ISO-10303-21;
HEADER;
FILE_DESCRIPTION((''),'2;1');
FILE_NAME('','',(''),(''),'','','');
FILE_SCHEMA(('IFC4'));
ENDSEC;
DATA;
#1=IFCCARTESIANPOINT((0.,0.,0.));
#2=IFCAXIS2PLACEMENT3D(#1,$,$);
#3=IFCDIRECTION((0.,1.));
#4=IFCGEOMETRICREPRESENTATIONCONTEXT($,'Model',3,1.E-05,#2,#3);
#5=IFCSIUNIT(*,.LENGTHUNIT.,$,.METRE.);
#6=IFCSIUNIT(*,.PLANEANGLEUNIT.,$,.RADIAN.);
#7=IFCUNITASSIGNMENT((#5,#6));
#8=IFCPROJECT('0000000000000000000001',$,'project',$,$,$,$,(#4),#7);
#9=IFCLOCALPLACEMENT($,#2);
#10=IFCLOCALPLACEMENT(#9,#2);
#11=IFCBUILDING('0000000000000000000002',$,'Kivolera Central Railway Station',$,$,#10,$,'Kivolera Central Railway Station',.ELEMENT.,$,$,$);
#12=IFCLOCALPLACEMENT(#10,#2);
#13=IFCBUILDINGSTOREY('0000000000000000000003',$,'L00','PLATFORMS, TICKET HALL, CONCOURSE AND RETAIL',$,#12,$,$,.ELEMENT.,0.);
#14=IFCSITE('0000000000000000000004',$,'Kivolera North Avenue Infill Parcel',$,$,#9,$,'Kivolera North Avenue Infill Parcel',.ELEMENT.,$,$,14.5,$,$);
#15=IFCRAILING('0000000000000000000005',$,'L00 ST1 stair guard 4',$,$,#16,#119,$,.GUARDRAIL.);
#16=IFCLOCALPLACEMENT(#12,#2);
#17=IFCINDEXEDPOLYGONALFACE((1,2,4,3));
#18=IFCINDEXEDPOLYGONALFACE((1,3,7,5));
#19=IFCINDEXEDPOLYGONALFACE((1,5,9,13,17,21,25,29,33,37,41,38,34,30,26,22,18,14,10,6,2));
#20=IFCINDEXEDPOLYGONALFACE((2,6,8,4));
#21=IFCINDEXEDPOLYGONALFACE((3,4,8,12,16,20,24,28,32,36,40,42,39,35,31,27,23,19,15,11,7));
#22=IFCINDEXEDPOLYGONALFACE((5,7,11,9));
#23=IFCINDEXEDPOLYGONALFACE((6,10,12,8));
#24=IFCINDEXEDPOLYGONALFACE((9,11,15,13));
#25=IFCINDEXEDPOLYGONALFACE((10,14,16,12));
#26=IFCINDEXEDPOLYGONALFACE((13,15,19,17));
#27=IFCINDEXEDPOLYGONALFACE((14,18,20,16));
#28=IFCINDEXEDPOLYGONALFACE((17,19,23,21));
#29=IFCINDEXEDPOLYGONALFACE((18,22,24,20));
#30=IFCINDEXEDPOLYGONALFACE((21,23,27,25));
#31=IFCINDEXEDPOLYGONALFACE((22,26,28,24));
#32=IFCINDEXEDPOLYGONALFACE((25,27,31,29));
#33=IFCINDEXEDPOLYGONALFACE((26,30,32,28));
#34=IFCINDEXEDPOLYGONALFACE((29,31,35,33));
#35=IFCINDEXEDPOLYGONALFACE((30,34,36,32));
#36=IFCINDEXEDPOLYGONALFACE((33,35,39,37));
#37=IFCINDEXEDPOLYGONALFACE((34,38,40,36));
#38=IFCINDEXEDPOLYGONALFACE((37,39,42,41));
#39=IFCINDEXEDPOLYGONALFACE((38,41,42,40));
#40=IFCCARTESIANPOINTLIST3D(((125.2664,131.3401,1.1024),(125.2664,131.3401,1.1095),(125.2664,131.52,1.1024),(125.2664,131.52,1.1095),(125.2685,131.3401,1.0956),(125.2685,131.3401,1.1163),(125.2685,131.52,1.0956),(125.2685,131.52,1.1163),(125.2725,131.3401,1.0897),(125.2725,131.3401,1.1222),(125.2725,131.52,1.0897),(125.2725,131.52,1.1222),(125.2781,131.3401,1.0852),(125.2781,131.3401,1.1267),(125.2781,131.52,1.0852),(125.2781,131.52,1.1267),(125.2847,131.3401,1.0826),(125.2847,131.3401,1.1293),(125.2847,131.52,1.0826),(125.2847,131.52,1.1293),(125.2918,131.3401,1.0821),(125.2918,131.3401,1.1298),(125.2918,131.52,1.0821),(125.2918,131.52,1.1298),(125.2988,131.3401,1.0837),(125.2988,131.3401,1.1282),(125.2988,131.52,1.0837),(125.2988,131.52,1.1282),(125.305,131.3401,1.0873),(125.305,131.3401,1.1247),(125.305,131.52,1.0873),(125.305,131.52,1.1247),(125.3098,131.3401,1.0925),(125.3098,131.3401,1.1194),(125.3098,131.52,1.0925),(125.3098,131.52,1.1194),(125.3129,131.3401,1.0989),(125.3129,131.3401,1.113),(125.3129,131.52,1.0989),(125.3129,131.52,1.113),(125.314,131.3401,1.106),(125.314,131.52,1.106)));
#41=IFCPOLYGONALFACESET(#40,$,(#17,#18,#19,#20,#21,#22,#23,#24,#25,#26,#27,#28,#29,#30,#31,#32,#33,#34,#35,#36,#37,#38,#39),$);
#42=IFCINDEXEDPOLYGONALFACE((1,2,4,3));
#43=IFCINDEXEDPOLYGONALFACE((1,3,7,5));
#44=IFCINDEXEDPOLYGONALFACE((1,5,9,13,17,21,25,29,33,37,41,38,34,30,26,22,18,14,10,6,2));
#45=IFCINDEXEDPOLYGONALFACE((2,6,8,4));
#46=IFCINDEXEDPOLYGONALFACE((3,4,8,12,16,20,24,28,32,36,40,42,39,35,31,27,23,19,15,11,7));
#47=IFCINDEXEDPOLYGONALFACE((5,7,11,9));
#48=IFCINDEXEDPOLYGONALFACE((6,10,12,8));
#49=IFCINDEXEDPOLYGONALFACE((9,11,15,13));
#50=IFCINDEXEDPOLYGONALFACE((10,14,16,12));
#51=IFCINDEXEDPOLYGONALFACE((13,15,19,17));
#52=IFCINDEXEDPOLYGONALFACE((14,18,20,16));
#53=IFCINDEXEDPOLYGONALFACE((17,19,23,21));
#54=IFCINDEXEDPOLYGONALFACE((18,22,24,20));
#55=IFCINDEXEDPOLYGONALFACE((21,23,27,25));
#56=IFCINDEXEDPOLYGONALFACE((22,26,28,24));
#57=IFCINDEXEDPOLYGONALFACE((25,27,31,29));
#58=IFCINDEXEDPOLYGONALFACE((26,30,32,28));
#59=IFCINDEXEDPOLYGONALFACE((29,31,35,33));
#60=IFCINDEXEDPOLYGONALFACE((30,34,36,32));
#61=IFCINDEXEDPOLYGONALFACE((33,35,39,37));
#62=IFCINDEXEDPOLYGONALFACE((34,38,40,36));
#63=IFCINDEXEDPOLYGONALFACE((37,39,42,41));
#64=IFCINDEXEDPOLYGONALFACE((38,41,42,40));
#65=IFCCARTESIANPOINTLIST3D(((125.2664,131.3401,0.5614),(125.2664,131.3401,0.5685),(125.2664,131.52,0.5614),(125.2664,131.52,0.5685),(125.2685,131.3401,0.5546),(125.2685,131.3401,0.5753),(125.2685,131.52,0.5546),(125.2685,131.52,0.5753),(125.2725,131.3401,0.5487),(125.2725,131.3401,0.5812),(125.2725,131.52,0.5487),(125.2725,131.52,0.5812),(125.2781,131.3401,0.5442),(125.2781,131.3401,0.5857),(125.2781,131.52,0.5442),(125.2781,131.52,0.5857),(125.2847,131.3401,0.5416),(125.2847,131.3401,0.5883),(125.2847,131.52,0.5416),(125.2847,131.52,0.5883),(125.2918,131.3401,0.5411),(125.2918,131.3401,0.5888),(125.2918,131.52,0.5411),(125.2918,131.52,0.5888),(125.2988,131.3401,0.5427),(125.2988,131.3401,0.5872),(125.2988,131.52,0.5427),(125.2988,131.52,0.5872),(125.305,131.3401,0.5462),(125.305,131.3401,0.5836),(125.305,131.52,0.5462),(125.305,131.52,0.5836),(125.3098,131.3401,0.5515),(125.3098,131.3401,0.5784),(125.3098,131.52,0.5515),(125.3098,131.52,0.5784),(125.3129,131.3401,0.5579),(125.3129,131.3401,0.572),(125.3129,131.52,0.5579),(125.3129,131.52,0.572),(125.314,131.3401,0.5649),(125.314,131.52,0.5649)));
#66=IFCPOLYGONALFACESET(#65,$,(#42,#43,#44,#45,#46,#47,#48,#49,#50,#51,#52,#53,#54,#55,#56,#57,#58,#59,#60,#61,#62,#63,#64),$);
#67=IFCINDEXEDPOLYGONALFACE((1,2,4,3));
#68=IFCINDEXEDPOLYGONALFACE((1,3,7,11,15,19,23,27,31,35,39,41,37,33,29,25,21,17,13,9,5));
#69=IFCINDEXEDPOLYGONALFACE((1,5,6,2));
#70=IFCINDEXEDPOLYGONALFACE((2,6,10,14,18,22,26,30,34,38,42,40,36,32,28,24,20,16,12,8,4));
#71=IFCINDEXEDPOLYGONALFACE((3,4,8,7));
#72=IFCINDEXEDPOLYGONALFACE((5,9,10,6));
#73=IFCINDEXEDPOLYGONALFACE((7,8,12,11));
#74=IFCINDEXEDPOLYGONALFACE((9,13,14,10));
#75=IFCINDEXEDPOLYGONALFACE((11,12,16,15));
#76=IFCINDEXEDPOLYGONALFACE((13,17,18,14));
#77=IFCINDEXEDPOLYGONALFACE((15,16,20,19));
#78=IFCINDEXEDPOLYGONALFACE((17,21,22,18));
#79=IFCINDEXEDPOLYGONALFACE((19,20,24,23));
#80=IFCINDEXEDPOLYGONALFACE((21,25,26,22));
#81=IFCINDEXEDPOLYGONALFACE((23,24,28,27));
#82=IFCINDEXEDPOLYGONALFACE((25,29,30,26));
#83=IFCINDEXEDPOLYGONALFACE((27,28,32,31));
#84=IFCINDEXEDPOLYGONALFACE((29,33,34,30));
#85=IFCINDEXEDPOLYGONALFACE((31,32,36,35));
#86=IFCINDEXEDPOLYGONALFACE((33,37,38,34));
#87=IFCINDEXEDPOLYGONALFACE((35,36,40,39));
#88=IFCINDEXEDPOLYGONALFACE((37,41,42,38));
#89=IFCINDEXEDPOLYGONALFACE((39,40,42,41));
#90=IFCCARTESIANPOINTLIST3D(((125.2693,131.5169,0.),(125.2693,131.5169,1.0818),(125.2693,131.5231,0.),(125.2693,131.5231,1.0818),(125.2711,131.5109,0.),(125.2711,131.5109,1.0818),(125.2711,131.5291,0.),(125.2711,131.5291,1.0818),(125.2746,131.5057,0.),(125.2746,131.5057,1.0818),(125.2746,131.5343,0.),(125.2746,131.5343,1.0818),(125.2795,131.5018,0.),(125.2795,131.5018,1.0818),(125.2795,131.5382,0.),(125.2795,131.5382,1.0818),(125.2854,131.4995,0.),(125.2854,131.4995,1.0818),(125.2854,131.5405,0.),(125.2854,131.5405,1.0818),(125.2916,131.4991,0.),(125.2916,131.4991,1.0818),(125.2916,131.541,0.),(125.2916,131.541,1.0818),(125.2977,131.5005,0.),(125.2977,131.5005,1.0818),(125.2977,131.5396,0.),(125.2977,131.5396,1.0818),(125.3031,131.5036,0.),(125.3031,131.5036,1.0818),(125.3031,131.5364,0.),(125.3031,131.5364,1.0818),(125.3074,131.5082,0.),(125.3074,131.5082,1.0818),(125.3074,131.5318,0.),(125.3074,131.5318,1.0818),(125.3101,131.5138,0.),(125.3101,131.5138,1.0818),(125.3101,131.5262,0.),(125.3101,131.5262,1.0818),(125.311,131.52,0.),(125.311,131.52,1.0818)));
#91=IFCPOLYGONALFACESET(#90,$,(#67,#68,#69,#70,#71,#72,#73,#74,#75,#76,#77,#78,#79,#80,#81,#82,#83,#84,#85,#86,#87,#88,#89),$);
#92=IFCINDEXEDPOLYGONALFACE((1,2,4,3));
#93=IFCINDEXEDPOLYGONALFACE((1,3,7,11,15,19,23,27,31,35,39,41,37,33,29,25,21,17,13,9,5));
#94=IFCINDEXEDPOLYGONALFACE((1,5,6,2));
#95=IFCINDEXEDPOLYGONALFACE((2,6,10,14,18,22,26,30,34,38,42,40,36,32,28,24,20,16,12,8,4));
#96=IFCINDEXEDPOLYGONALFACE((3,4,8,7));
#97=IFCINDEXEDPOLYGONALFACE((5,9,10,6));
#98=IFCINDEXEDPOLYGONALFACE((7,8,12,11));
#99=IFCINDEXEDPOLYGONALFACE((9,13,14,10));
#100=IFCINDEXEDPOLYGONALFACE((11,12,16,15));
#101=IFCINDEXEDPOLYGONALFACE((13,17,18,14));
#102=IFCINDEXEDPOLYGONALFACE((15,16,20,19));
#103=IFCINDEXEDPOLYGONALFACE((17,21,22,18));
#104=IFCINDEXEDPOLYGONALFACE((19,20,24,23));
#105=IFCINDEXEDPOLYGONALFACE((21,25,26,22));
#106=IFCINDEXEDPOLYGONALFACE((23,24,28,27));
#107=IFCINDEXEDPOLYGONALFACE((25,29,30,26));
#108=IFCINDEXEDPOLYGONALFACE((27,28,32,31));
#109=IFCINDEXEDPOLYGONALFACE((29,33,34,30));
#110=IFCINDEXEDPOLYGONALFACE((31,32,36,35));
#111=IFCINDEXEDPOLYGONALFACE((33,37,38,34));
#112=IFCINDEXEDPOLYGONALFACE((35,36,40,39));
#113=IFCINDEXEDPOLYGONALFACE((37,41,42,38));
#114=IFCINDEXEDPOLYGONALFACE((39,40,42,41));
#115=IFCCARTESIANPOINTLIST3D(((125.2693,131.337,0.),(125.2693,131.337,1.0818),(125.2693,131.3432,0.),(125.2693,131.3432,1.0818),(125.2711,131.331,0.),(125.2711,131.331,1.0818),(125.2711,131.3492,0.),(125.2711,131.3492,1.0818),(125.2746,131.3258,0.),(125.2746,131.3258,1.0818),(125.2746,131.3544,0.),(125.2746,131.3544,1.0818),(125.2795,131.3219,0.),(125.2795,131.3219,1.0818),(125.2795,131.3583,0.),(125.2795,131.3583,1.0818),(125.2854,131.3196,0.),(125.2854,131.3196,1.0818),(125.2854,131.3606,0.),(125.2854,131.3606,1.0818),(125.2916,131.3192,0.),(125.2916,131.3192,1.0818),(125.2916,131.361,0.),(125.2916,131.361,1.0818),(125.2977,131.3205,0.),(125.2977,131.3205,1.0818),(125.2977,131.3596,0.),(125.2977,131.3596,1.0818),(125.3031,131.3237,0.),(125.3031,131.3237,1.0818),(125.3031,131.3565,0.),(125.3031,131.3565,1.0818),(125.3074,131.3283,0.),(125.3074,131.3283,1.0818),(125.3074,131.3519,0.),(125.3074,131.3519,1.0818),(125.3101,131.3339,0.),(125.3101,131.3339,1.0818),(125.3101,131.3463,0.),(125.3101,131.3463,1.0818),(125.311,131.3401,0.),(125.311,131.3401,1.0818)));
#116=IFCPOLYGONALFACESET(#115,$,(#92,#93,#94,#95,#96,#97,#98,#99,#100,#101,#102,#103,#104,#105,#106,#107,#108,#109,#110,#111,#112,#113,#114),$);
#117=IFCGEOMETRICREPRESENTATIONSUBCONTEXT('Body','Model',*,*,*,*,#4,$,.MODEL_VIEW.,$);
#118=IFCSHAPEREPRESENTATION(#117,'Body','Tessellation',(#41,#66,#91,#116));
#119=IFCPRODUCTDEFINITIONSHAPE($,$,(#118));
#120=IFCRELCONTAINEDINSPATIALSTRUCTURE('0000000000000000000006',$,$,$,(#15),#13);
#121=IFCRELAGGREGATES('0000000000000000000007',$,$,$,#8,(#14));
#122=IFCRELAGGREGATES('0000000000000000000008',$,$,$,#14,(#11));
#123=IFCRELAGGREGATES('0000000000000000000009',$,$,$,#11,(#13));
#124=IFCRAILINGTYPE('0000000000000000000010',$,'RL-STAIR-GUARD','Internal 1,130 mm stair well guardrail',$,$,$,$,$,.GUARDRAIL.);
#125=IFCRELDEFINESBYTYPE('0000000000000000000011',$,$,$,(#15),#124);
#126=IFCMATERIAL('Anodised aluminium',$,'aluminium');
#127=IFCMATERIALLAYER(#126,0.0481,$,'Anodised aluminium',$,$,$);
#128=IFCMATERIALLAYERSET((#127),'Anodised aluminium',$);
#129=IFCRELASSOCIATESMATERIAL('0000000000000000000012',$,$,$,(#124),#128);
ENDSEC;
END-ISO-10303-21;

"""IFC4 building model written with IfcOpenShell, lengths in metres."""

from ifc_helpers import new_model, si_unit, direction, frame, origin, origin_2d, place, context, subcontext, project, spatial, circle, extrude, material, layer, layer_set, type_object, element, save


model = new_model("IFC4")

# Units and contexts
model_context = context("Model", 3, precision=1e-05, world=origin(), true_north=direction((0.0, 1.0)))
body_context = subcontext(model_context, "Body", "Model", "MODEL_VIEW")
ifc_project = project(units=[si_unit("LENGTHUNIT", "METRE"), si_unit("PLANEANGLEUNIT", "RADIAN")], contexts=[model_context])

# Site, building, storey
site_placement = place(None, origin())
site = spatial("IfcSite", under=ifc_project, at=site_placement, Name="Kivolera North Avenue Infill Parcel", LongName="Kivolera North Avenue Infill Parcel", CompositionType="ELEMENT", RefElevation=14.5)
building_placement = place(site_placement, origin())
building = spatial("IfcBuilding", under=site, at=building_placement, Name="Kivolera Central Railway Station", LongName="Kivolera Central Railway Station", CompositionType="ELEMENT")
storey_placement = place(building_placement, origin())
storey = spatial("IfcBuildingStorey", under=building, at=storey_placement, Name="L00", Description="PLATFORMS, TICKET HALL, CONCOURSE AND RETAIL", CompositionType="ELEMENT", Elevation=0.0)

# Shared definitions
ifc_material_1 = material(Name="Anodised aluminium", Category="aluminium")

# Railing
ifc_layer_1 = layer(ifc_material_1, 0.0481, Name="Anodised aluminium")
ifc_layer_set_1 = layer_set([ifc_layer_1], Name="Anodised aluminium")
railing_type_1 = type_object("IfcRailingType", Name="RL-STAIR-GUARD", Description="Internal 1,130 mm stair well guardrail", PredefinedType="GUARDRAIL", material=ifc_layer_set_1)
railing_1_placement = place(storey_placement, frame((125.29, 131.52, 0.0)))
element("IfcRailing", 1, at=railing_1_placement, inside=storey, type_object=railing_type_1, Name="L00 ST1 stair guard 4", PredefinedType="GUARDRAIL", context=body_context, shape_type="SweptSolid", body=[
    extrude(circle(Radius=0.0239, at=origin_2d()), frame((0.0, 0.0, 1.106), z_axis=(0.0, -1.0, 0.0), x_axis=(1.0, 0.0, 0.0)), (0.0, 0.0, 1.0), 0.1799),
    extrude(circle(Radius=0.0239, at=origin_2d()), frame((0.0, 0.0, 0.5649), z_axis=(0.0, -1.0, 0.0), x_axis=(1.0, 0.0, 0.0)), (0.0, 0.0, 1.0), 0.1799),
    extrude(circle(Radius=0.021, at=origin_2d()), origin(), (0.0, 0.0, 1.0), 1.0818),
    extrude(circle(Radius=0.021, at=origin_2d()), frame((0.0, -0.1799, 0.0)), (0.0, 0.0, 1.0), 1.0818),
])

save(model, "model.ifc")
